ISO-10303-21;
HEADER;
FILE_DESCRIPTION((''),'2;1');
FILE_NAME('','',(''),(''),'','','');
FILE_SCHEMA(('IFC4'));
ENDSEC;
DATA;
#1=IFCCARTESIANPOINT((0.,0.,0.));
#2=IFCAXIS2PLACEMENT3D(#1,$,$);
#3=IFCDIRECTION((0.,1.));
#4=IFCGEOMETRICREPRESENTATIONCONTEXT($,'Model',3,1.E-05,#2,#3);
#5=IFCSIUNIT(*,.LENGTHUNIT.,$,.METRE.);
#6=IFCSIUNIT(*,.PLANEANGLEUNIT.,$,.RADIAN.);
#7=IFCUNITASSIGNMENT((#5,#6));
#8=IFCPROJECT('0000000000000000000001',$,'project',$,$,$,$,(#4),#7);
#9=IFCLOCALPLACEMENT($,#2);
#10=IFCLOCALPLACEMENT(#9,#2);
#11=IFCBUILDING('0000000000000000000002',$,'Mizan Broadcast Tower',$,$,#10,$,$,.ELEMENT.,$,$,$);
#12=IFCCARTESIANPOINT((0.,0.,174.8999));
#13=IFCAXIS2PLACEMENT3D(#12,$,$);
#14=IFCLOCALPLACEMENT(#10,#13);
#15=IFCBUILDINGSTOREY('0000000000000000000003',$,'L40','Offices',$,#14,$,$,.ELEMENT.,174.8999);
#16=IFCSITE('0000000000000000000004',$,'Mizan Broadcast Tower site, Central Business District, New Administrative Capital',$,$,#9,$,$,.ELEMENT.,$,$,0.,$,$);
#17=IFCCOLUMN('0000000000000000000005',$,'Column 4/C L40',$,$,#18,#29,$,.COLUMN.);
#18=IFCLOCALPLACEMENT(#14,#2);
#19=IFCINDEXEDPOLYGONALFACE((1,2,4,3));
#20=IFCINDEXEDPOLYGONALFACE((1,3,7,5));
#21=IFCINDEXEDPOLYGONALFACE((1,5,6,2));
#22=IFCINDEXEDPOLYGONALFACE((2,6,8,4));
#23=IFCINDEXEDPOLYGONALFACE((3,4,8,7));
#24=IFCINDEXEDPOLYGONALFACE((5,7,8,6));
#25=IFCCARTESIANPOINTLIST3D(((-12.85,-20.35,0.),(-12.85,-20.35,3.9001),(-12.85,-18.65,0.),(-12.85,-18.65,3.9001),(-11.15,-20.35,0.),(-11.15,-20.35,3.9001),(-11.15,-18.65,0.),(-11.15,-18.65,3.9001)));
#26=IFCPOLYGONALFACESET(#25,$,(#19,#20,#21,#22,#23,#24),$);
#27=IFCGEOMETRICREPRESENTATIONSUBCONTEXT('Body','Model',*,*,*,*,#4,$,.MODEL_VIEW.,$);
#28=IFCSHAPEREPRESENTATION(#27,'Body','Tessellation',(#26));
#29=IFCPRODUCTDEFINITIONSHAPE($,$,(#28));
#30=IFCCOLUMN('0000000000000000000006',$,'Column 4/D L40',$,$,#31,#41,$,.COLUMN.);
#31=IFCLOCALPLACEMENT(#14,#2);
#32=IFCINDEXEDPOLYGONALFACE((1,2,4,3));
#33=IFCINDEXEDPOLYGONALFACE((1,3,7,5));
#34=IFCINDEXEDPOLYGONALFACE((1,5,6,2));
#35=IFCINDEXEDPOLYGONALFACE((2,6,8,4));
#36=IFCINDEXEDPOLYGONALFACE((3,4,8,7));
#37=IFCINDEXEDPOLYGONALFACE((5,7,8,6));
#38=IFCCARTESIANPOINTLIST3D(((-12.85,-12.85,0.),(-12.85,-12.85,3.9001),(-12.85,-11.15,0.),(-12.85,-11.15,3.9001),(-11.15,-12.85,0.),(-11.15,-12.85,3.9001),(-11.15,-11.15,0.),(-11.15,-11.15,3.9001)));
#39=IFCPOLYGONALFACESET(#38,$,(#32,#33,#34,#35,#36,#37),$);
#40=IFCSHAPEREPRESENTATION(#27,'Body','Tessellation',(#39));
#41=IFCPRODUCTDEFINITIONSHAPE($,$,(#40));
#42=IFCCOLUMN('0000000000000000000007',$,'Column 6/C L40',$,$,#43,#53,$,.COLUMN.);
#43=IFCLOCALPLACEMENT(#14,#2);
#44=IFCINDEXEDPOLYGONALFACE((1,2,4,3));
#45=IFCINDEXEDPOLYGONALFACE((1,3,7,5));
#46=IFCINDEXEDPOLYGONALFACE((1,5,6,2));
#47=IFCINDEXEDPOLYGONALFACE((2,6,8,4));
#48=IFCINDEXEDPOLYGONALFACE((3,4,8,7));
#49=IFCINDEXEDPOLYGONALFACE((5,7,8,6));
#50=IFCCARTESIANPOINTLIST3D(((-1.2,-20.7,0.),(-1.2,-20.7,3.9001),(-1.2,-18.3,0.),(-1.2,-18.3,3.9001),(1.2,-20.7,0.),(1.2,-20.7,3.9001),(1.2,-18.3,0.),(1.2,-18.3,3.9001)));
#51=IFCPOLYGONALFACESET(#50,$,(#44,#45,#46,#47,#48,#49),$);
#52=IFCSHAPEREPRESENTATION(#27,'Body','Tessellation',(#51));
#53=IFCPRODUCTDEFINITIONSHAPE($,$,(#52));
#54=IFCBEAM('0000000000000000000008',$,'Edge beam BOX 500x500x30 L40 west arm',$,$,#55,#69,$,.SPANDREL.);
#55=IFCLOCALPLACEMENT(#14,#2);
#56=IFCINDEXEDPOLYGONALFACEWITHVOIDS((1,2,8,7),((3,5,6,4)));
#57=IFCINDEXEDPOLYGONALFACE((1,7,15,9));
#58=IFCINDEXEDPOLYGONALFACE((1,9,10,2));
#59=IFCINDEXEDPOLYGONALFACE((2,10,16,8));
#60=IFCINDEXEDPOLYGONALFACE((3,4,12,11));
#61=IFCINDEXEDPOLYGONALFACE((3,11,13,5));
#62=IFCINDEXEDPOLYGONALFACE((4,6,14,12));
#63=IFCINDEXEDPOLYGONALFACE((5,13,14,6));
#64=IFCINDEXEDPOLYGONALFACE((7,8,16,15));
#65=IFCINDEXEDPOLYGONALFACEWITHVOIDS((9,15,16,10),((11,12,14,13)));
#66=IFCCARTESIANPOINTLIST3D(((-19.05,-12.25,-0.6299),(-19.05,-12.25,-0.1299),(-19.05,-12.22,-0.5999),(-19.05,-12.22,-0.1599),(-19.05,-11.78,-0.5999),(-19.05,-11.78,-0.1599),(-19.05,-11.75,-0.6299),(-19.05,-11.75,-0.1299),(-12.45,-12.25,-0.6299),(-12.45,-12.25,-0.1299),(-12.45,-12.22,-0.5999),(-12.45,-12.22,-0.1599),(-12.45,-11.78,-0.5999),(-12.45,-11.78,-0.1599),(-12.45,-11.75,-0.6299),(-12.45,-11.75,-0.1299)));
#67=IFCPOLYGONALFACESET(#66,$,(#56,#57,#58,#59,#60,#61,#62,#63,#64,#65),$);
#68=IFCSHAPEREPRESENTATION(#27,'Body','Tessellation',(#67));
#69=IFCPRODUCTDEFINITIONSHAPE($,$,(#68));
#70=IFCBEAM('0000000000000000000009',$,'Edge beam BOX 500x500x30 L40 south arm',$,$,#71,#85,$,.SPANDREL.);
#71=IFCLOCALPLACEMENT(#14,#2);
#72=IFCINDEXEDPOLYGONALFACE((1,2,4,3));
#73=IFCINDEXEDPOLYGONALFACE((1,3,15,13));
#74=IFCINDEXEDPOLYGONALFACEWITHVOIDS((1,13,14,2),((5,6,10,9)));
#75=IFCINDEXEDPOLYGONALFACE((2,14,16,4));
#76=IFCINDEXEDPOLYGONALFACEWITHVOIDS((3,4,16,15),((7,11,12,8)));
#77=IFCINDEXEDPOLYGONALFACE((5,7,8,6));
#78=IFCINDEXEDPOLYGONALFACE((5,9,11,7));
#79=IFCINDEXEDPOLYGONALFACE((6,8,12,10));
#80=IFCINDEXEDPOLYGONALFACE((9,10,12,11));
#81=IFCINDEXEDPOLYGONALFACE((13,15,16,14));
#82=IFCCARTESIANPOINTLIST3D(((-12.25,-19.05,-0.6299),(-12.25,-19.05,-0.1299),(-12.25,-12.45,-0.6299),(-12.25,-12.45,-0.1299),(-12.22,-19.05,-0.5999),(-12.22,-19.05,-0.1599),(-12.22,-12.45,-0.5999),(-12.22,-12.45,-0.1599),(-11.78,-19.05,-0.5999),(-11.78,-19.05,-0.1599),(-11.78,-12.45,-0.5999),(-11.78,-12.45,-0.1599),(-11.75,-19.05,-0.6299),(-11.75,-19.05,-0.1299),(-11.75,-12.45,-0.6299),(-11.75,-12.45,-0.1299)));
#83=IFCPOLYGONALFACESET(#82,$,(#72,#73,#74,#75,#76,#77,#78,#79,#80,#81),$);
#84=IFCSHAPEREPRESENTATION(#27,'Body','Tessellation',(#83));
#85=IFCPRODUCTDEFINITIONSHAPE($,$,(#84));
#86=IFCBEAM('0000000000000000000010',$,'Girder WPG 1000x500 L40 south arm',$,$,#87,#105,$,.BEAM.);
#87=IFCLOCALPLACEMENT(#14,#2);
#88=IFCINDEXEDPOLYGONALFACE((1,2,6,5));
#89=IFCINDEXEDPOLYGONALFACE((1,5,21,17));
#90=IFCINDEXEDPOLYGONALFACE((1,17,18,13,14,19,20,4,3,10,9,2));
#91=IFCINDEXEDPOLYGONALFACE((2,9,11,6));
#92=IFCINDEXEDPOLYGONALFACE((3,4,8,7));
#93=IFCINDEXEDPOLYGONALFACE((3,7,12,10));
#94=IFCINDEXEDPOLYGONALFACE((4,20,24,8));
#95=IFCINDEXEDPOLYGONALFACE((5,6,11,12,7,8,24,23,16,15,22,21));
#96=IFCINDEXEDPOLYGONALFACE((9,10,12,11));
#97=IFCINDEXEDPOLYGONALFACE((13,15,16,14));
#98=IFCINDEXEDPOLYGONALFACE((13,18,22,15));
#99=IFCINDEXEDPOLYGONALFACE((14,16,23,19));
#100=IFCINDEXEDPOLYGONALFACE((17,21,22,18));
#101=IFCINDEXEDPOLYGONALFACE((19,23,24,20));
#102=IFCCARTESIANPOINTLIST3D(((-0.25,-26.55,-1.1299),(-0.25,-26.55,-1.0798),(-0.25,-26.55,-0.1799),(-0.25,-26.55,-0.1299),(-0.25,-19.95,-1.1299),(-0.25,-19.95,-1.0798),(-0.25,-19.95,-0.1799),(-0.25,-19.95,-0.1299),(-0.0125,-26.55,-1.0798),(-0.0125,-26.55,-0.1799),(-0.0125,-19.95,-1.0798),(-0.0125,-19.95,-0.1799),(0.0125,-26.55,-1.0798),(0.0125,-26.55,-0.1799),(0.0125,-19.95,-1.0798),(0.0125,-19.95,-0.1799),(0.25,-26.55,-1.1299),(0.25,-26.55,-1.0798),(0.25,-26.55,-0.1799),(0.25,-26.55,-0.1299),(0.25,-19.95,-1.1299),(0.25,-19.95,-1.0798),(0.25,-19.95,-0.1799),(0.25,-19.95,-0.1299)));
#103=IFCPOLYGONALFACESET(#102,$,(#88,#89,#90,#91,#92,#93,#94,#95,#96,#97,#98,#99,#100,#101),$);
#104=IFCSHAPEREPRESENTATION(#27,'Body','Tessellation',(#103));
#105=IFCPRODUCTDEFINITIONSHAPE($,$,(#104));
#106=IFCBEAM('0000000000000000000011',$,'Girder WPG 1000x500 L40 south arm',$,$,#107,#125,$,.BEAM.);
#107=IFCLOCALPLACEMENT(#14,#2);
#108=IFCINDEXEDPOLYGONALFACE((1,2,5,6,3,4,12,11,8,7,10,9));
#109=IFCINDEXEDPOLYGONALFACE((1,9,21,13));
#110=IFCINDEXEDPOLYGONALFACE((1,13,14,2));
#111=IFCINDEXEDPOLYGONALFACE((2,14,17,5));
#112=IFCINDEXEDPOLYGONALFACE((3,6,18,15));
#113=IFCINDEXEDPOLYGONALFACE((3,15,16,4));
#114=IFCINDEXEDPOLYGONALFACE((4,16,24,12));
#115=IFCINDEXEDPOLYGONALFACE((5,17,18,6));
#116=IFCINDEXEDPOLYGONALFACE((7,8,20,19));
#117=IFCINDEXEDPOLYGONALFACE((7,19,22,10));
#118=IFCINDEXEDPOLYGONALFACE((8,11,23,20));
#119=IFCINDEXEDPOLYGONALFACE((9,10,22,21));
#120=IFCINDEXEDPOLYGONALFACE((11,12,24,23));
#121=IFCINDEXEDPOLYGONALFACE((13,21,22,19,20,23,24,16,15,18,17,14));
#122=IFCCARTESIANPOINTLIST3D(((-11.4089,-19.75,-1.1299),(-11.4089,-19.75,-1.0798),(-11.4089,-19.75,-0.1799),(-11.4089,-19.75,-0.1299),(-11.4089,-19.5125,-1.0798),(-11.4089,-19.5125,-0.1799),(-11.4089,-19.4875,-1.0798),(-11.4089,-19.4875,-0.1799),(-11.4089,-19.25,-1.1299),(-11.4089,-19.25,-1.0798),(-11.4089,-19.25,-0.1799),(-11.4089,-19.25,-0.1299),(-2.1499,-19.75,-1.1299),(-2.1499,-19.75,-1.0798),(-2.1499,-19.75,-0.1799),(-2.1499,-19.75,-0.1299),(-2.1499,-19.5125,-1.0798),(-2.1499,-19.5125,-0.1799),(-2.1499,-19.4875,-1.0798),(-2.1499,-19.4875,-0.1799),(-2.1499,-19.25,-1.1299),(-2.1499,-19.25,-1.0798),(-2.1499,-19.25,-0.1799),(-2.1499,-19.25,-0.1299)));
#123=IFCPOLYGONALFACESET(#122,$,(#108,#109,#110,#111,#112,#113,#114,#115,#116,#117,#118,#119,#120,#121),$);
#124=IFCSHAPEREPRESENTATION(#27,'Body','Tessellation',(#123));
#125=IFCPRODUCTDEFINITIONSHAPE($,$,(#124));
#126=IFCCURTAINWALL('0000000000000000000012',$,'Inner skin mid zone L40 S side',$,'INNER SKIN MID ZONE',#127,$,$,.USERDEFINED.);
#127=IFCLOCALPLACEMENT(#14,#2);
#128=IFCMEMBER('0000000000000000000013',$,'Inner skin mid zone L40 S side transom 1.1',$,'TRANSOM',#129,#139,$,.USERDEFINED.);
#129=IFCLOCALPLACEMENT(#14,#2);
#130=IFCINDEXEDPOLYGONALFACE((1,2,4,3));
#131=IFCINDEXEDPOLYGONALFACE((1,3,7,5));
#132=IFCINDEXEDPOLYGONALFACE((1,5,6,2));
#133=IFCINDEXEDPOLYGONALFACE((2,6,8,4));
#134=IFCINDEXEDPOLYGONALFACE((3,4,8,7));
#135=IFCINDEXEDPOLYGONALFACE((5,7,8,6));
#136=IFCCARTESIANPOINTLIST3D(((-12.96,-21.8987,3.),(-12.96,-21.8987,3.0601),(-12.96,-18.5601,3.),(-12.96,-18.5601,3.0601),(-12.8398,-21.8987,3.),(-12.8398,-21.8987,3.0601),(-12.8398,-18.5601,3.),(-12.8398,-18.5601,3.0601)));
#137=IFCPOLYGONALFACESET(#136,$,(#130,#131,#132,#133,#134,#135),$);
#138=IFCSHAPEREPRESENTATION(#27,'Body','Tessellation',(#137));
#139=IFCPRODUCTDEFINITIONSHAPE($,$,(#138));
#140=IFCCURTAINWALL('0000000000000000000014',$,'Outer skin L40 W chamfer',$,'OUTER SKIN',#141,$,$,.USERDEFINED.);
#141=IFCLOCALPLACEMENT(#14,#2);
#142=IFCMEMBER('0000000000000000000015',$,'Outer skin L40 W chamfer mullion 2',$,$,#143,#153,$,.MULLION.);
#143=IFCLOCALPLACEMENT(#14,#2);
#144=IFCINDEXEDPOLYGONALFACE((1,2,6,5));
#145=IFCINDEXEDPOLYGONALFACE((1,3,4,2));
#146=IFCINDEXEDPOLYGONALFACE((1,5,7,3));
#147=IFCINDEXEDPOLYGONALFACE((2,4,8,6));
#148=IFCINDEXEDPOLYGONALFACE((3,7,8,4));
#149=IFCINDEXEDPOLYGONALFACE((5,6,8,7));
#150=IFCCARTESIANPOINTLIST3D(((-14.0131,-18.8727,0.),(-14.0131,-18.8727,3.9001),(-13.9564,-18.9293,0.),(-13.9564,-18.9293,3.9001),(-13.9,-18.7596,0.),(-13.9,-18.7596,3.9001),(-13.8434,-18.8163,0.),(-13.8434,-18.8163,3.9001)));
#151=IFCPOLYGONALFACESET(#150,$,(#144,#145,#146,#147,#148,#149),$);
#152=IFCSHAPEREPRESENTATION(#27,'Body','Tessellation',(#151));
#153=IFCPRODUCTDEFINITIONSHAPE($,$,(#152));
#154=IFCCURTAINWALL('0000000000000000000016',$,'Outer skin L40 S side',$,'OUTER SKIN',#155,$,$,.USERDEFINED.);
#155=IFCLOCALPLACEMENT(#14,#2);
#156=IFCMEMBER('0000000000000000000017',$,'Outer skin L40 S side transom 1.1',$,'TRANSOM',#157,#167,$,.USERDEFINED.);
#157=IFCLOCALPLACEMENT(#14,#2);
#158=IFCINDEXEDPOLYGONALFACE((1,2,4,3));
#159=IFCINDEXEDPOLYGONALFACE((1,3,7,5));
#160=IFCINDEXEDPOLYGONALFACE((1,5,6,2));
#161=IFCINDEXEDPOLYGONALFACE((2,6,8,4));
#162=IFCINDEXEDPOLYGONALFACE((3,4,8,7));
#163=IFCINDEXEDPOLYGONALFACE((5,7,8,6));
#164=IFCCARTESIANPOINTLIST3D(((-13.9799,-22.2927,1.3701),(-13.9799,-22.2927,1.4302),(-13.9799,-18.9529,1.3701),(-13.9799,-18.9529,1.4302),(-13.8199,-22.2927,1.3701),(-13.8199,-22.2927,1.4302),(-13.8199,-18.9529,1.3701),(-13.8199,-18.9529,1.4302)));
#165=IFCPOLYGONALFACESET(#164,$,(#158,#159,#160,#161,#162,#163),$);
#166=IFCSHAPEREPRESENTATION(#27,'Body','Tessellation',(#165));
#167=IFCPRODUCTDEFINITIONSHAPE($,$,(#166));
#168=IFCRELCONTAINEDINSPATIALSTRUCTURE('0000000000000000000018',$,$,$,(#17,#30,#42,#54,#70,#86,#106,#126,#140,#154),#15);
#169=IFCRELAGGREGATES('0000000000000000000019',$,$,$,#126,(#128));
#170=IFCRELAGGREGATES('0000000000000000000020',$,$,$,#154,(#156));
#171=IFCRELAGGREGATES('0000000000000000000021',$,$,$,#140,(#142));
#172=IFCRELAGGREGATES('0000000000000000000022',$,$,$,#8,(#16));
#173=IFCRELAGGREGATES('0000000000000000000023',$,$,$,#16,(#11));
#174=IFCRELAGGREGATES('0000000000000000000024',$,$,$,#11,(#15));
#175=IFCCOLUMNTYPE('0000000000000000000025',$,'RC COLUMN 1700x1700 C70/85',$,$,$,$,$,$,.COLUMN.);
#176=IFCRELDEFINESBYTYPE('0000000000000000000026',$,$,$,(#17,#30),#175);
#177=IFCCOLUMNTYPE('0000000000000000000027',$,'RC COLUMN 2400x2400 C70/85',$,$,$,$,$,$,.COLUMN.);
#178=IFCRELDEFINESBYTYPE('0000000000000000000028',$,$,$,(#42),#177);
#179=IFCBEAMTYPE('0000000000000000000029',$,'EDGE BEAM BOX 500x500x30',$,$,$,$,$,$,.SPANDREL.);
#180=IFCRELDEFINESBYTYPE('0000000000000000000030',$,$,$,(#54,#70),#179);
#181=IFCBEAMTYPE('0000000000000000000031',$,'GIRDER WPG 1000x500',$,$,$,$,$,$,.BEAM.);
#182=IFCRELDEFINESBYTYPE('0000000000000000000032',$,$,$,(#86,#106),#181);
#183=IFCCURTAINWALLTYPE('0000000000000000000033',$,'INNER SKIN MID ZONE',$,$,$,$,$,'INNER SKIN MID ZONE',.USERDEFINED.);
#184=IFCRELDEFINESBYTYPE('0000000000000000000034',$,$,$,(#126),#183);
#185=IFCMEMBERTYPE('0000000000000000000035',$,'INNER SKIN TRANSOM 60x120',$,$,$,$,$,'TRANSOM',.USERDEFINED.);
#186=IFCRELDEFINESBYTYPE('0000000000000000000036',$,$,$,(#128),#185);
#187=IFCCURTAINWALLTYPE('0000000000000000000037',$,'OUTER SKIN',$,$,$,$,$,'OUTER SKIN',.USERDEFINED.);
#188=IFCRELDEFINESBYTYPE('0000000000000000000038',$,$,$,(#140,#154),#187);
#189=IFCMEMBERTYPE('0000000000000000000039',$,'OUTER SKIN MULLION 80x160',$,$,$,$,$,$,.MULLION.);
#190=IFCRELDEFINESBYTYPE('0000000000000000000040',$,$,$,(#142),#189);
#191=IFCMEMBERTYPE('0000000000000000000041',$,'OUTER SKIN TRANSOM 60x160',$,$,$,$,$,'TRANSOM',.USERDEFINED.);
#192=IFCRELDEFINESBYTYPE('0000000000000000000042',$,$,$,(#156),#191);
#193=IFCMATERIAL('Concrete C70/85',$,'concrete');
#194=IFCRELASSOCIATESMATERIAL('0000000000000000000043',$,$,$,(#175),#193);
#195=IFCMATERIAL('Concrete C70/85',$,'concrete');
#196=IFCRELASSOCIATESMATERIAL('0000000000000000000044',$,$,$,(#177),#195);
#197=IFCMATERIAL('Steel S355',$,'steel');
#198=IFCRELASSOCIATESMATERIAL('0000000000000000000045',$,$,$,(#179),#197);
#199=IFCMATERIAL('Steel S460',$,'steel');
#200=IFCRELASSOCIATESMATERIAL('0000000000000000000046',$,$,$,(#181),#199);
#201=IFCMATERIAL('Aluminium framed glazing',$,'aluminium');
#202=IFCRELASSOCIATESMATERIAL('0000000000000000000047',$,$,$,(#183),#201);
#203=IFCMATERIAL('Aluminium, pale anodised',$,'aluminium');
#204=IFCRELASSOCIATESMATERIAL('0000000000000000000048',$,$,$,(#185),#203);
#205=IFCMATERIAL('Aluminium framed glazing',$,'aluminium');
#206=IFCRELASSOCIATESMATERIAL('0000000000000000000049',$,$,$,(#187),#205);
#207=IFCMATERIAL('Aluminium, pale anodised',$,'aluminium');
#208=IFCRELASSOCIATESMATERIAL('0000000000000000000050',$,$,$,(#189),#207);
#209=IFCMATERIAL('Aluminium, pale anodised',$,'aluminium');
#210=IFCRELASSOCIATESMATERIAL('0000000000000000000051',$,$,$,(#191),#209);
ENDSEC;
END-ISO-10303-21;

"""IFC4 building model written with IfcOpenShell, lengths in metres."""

from ifc_helpers import new_model, si_unit, direction, frame, origin, origin_2d, place, context, subcontext, project, spatial, rectangle, hollow_rectangle, i_section, extrude, material, material_profile, profile_set, type_object, element, aggregate, save


model = new_model("IFC4")

# Units and contexts
model_context = context("Model", 3, precision=1e-05, world=origin(), true_north=direction((0.0, 1.0)))
body_context = subcontext(model_context, "Body", "Model", "MODEL_VIEW")
ifc_project = project(units=[si_unit("LENGTHUNIT", "METRE"), si_unit("PLANEANGLEUNIT", "RADIAN")], contexts=[model_context])

# Site, building, storey
site_placement = place(None, origin())
site = spatial("IfcSite", under=ifc_project, at=site_placement, Name="Mizan Broadcast Tower site, Central Business District, New Administrative Capital", CompositionType="ELEMENT", RefElevation=0.0)
building_placement = place(site_placement, origin())
building = spatial("IfcBuilding", under=site, at=building_placement, Name="Mizan Broadcast Tower", CompositionType="ELEMENT")
storey_placement = place(building_placement, frame((0.0, 0.0, 174.8999)))
storey = spatial("IfcBuildingStorey", under=building, at=storey_placement, Name="L40", Description="Offices", CompositionType="ELEMENT", Elevation=174.8999)

# Columns
ifc_material_1 = material(Name="Concrete C70/85", Category="concrete")
ifc_material_profile_1 = material_profile(ifc_material_1, rectangle(XDim=1.7, YDim=1.7, at=origin_2d()), Name="RC 1700x1700")
ifc_profile_set_1 = profile_set([ifc_material_profile_1], Name="Concrete C70/85")
column_type_1 = type_object("IfcColumnType", Name="RC COLUMN 1700x1700 C70/85", PredefinedType="COLUMN", material=ifc_profile_set_1)
for number, where, z_axis, x_axis, name in (
    (1, (-12.0, -19.5, 0.0), (0.0, 0.0, 1.0), (1.0, 0.0, 0.0), "Column 4/C L40"),
    (2, (-12.0, -12.0, 0.0), (0.0, 0.0, 1.0), (1.0, 0.0, 0.0), "Column 4/D L40"),
):
    element("IfcColumn", number, at=place(storey_placement, frame(where, z_axis=z_axis, x_axis=x_axis)), inside=storey, type_object=column_type_1, Name=name, PredefinedType="COLUMN", context=body_context, shape_type="SweptSolid", body=[
        extrude(rectangle(XDim=1.7, YDim=1.7, at=origin_2d()), origin(), (0.0, 0.0, 1.0), 3.9001),
    ])
ifc_material_2 = material(Name="Concrete C70/85", Category="concrete")
ifc_material_profile_2 = material_profile(ifc_material_2, rectangle(XDim=2.3999, YDim=2.3999, at=origin_2d()), Name="RC 2400x2400")
ifc_profile_set_2 = profile_set([ifc_material_profile_2], Name="Concrete C70/85")
column_type_2 = type_object("IfcColumnType", Name="RC COLUMN 2400x2400 C70/85", PredefinedType="COLUMN", material=ifc_profile_set_2)
column_placement = place(storey_placement, frame((0.0, -19.5, 0.0), z_axis=(0.0, 0.0, 1.0), x_axis=(1.0, 0.0, 0.0)))
element("IfcColumn", 3, at=column_placement, inside=storey, type_object=column_type_2, Name="Column 6/C L40", PredefinedType="COLUMN", context=body_context, shape_type="SweptSolid", body=[
    extrude(rectangle(XDim=2.3999, YDim=2.3999, at=origin_2d()), origin(), (0.0, 0.0, 1.0), 3.9001),
])

# Beams
ifc_material_3 = material(Name="Steel S355", Category="steel")
ifc_material_profile_3 = material_profile(ifc_material_3, hollow_rectangle(XDim=0.5, YDim=0.5, WallThickness=0.03, at=origin_2d()), Name="BOX 500x500x30")
ifc_profile_set_3 = profile_set([ifc_material_profile_3], Name="Steel S355")
beam_type_1 = type_object("IfcBeamType", Name="EDGE BEAM BOX 500x500x30", PredefinedType="SPANDREL", material=ifc_profile_set_3)
for number, where, z_axis, x_axis, name in (
    (4, (-12.45, -12.0, -0.3799), (-1.0, 0.0, 0.0), (0.0, -1.0, 0.0), "Edge beam BOX 500x500x30 L40 west arm"),
    (5, (-12.0, -12.45, -0.3799), (0.0, -1.0, 0.0), (1.0, 0.0, 0.0), "Edge beam BOX 500x500x30 L40 south arm"),
):
    element("IfcBeam", number, at=place(storey_placement, frame(where, z_axis=z_axis, x_axis=x_axis)), inside=storey, type_object=beam_type_1, Name=name, PredefinedType="SPANDREL", context=body_context, shape_type="SweptSolid", body=[
        extrude(hollow_rectangle(XDim=0.5, YDim=0.5, WallThickness=0.03, at=origin_2d()), origin(), (0.0, 0.0, 1.0), 6.6001),
    ])
ifc_material_4 = material(Name="Steel S460", Category="steel")
ifc_material_profile_4 = material_profile(ifc_material_4, i_section(OverallWidth=0.5, OverallDepth=1.0, WebThickness=0.0249, FlangeThickness=0.05, at=origin_2d()), Name="WPG 1000x500")
ifc_profile_set_4 = profile_set([ifc_material_profile_4], Name="Steel S460")
beam_type_2 = type_object("IfcBeamType", Name="GIRDER WPG 1000x500", PredefinedType="BEAM", material=ifc_profile_set_4)
beam_1_placement = place(storey_placement, frame((0.0, -19.95, -0.6299), z_axis=(0.0, -1.0, 0.0), x_axis=(1.0, 0.0, 0.0)))
element("IfcBeam", 6, at=beam_1_placement, inside=storey, type_object=beam_type_2, Name="Girder WPG 1000x500 L40 south arm", PredefinedType="BEAM", context=body_context, shape_type="SweptSolid", body=[
    extrude(i_section(OverallWidth=0.5, OverallDepth=1.0, WebThickness=0.0249, FlangeThickness=0.05, at=origin_2d()), origin(), (0.0, 0.0, 1.0), 6.6001),
])
beam_2_placement = place(storey_placement, frame((-11.4089, -19.5, -0.6299), z_axis=(1.0, 0.0, 0.0), x_axis=(0.0, 1.0, 0.0)))
element("IfcBeam", 7, at=beam_2_placement, inside=storey, type_object=beam_type_2, Name="Girder WPG 1000x500 L40 south arm", PredefinedType="BEAM", context=body_context, shape_type="SweptSolid", body=[
    extrude(i_section(OverallWidth=0.5, OverallDepth=1.0, WebThickness=0.0249, FlangeThickness=0.05, at=origin_2d()), origin(), (0.0, 0.0, 1.0), 9.259),
])

# Curtain walls, members
ifc_material_5 = material(Name="Aluminium framed glazing", Category="aluminium")
curtain_wall_type_1 = type_object("IfcCurtainWallType", Name="INNER SKIN MID ZONE", ElementType="INNER SKIN MID ZONE", PredefinedType="USERDEFINED", material=ifc_material_5)
curtain_wall_1_placement = place(storey_placement, origin())
curtain_wall_1 = element("IfcCurtainWall", 8, at=curtain_wall_1_placement, inside=storey, type_object=curtain_wall_type_1, Name="Inner skin mid zone L40 S side", ObjectType="INNER SKIN MID ZONE", PredefinedType="USERDEFINED")
ifc_material_6 = material(Name="Aluminium, pale anodised", Category="aluminium")
ifc_material_profile_5 = material_profile(ifc_material_6, rectangle(XDim=0.1201, YDim=0.0601, at=origin_2d()), Name="TRANSOM 120x60")
ifc_profile_set_5 = profile_set([ifc_material_profile_5], Name="Aluminium, pale anodised")
member_type_1 = type_object("IfcMemberType", Name="INNER SKIN TRANSOM 60x120", ElementType="TRANSOM", PredefinedType="USERDEFINED", material=ifc_profile_set_5)
member_1_placement = place(storey_placement, frame((-12.8999, -18.5601, 3.03), z_axis=(0.0, -1.0, 0.0), x_axis=(1.0, 0.0, 0.0)))
member_1 = element("IfcMember", 9, at=member_1_placement, type_object=member_type_1, Name="Inner skin mid zone L40 S side transom 1.1", ObjectType="TRANSOM", PredefinedType="USERDEFINED", context=body_context, shape_type="SweptSolid", body=[
    extrude(rectangle(XDim=0.1201, YDim=0.0601, at=origin_2d()), origin(), (0.0, 0.0, 1.0), 3.3386),
])
aggregate(curtain_wall_1, [member_1])
ifc_material_7 = material(Name="Aluminium framed glazing", Category="aluminium")
curtain_wall_type_2 = type_object("IfcCurtainWallType", Name="OUTER SKIN", ElementType="OUTER SKIN", PredefinedType="USERDEFINED", material=ifc_material_7)
curtain_wall_2_placement = place(storey_placement, origin())
curtain_wall_2 = element("IfcCurtainWall", 10, at=curtain_wall_2_placement, inside=storey, type_object=curtain_wall_type_2, Name="Outer skin L40 W chamfer", ObjectType="OUTER SKIN", PredefinedType="USERDEFINED")
ifc_material_8 = material(Name="Aluminium, pale anodised", Category="aluminium")
ifc_material_profile_6 = material_profile(ifc_material_8, rectangle(XDim=0.1599, YDim=0.0801, at=origin_2d()), Name="MULLION 160x80")
ifc_profile_set_6 = profile_set([ifc_material_profile_6], Name="Aluminium, pale anodised")
member_type_2 = type_object("IfcMemberType", Name="OUTER SKIN MULLION 80x160", PredefinedType="MULLION", material=ifc_profile_set_6)
member_2_placement = place(storey_placement, frame((-13.9282, -18.8445, 0.0), z_axis=(0.0, 0.0, 1.0), x_axis=(0.707107, 0.707107, 0.0)))
member_2 = element("IfcMember", 11, at=member_2_placement, type_object=member_type_2, Name="Outer skin L40 W chamfer mullion 2", PredefinedType="MULLION", context=body_context, shape_type="SweptSolid", body=[
    extrude(rectangle(XDim=0.1599, YDim=0.0801, at=origin_2d()), origin(), (0.0, 0.0, 1.0), 3.9001),
])
curtain_wall_3_placement = place(storey_placement, origin())
curtain_wall_3 = element("IfcCurtainWall", 12, at=curtain_wall_3_placement, inside=storey, type_object=curtain_wall_type_2, Name="Outer skin L40 S side", ObjectType="OUTER SKIN", PredefinedType="USERDEFINED")
ifc_material_9 = material(Name="Aluminium, pale anodised", Category="aluminium")
ifc_material_profile_7 = material_profile(ifc_material_9, rectangle(XDim=0.1599, YDim=0.0601, at=origin_2d()), Name="TRANSOM 160x60")
ifc_profile_set_7 = profile_set([ifc_material_profile_7], Name="Aluminium, pale anodised")
member_type_3 = type_object("IfcMemberType", Name="OUTER SKIN TRANSOM 60x160", ElementType="TRANSOM", PredefinedType="USERDEFINED", material=ifc_profile_set_7)
member_3_placement = place(storey_placement, frame((-13.8999, -18.9529, 1.4001), z_axis=(0.0, -1.0, 0.0), x_axis=(1.0, 0.0, 0.0)))
member_3 = element("IfcMember", 13, at=member_3_placement, type_object=member_type_3, Name="Outer skin L40 S side transom 1.1", ObjectType="TRANSOM", PredefinedType="USERDEFINED", context=body_context, shape_type="SweptSolid", body=[
    extrude(rectangle(XDim=0.1599, YDim=0.0601, at=origin_2d()), origin(), (0.0, 0.0, 1.0), 3.3398),
])
aggregate(curtain_wall_3, [member_3])

aggregate(curtain_wall_2, [member_2])

save(model, "model.ifc")
